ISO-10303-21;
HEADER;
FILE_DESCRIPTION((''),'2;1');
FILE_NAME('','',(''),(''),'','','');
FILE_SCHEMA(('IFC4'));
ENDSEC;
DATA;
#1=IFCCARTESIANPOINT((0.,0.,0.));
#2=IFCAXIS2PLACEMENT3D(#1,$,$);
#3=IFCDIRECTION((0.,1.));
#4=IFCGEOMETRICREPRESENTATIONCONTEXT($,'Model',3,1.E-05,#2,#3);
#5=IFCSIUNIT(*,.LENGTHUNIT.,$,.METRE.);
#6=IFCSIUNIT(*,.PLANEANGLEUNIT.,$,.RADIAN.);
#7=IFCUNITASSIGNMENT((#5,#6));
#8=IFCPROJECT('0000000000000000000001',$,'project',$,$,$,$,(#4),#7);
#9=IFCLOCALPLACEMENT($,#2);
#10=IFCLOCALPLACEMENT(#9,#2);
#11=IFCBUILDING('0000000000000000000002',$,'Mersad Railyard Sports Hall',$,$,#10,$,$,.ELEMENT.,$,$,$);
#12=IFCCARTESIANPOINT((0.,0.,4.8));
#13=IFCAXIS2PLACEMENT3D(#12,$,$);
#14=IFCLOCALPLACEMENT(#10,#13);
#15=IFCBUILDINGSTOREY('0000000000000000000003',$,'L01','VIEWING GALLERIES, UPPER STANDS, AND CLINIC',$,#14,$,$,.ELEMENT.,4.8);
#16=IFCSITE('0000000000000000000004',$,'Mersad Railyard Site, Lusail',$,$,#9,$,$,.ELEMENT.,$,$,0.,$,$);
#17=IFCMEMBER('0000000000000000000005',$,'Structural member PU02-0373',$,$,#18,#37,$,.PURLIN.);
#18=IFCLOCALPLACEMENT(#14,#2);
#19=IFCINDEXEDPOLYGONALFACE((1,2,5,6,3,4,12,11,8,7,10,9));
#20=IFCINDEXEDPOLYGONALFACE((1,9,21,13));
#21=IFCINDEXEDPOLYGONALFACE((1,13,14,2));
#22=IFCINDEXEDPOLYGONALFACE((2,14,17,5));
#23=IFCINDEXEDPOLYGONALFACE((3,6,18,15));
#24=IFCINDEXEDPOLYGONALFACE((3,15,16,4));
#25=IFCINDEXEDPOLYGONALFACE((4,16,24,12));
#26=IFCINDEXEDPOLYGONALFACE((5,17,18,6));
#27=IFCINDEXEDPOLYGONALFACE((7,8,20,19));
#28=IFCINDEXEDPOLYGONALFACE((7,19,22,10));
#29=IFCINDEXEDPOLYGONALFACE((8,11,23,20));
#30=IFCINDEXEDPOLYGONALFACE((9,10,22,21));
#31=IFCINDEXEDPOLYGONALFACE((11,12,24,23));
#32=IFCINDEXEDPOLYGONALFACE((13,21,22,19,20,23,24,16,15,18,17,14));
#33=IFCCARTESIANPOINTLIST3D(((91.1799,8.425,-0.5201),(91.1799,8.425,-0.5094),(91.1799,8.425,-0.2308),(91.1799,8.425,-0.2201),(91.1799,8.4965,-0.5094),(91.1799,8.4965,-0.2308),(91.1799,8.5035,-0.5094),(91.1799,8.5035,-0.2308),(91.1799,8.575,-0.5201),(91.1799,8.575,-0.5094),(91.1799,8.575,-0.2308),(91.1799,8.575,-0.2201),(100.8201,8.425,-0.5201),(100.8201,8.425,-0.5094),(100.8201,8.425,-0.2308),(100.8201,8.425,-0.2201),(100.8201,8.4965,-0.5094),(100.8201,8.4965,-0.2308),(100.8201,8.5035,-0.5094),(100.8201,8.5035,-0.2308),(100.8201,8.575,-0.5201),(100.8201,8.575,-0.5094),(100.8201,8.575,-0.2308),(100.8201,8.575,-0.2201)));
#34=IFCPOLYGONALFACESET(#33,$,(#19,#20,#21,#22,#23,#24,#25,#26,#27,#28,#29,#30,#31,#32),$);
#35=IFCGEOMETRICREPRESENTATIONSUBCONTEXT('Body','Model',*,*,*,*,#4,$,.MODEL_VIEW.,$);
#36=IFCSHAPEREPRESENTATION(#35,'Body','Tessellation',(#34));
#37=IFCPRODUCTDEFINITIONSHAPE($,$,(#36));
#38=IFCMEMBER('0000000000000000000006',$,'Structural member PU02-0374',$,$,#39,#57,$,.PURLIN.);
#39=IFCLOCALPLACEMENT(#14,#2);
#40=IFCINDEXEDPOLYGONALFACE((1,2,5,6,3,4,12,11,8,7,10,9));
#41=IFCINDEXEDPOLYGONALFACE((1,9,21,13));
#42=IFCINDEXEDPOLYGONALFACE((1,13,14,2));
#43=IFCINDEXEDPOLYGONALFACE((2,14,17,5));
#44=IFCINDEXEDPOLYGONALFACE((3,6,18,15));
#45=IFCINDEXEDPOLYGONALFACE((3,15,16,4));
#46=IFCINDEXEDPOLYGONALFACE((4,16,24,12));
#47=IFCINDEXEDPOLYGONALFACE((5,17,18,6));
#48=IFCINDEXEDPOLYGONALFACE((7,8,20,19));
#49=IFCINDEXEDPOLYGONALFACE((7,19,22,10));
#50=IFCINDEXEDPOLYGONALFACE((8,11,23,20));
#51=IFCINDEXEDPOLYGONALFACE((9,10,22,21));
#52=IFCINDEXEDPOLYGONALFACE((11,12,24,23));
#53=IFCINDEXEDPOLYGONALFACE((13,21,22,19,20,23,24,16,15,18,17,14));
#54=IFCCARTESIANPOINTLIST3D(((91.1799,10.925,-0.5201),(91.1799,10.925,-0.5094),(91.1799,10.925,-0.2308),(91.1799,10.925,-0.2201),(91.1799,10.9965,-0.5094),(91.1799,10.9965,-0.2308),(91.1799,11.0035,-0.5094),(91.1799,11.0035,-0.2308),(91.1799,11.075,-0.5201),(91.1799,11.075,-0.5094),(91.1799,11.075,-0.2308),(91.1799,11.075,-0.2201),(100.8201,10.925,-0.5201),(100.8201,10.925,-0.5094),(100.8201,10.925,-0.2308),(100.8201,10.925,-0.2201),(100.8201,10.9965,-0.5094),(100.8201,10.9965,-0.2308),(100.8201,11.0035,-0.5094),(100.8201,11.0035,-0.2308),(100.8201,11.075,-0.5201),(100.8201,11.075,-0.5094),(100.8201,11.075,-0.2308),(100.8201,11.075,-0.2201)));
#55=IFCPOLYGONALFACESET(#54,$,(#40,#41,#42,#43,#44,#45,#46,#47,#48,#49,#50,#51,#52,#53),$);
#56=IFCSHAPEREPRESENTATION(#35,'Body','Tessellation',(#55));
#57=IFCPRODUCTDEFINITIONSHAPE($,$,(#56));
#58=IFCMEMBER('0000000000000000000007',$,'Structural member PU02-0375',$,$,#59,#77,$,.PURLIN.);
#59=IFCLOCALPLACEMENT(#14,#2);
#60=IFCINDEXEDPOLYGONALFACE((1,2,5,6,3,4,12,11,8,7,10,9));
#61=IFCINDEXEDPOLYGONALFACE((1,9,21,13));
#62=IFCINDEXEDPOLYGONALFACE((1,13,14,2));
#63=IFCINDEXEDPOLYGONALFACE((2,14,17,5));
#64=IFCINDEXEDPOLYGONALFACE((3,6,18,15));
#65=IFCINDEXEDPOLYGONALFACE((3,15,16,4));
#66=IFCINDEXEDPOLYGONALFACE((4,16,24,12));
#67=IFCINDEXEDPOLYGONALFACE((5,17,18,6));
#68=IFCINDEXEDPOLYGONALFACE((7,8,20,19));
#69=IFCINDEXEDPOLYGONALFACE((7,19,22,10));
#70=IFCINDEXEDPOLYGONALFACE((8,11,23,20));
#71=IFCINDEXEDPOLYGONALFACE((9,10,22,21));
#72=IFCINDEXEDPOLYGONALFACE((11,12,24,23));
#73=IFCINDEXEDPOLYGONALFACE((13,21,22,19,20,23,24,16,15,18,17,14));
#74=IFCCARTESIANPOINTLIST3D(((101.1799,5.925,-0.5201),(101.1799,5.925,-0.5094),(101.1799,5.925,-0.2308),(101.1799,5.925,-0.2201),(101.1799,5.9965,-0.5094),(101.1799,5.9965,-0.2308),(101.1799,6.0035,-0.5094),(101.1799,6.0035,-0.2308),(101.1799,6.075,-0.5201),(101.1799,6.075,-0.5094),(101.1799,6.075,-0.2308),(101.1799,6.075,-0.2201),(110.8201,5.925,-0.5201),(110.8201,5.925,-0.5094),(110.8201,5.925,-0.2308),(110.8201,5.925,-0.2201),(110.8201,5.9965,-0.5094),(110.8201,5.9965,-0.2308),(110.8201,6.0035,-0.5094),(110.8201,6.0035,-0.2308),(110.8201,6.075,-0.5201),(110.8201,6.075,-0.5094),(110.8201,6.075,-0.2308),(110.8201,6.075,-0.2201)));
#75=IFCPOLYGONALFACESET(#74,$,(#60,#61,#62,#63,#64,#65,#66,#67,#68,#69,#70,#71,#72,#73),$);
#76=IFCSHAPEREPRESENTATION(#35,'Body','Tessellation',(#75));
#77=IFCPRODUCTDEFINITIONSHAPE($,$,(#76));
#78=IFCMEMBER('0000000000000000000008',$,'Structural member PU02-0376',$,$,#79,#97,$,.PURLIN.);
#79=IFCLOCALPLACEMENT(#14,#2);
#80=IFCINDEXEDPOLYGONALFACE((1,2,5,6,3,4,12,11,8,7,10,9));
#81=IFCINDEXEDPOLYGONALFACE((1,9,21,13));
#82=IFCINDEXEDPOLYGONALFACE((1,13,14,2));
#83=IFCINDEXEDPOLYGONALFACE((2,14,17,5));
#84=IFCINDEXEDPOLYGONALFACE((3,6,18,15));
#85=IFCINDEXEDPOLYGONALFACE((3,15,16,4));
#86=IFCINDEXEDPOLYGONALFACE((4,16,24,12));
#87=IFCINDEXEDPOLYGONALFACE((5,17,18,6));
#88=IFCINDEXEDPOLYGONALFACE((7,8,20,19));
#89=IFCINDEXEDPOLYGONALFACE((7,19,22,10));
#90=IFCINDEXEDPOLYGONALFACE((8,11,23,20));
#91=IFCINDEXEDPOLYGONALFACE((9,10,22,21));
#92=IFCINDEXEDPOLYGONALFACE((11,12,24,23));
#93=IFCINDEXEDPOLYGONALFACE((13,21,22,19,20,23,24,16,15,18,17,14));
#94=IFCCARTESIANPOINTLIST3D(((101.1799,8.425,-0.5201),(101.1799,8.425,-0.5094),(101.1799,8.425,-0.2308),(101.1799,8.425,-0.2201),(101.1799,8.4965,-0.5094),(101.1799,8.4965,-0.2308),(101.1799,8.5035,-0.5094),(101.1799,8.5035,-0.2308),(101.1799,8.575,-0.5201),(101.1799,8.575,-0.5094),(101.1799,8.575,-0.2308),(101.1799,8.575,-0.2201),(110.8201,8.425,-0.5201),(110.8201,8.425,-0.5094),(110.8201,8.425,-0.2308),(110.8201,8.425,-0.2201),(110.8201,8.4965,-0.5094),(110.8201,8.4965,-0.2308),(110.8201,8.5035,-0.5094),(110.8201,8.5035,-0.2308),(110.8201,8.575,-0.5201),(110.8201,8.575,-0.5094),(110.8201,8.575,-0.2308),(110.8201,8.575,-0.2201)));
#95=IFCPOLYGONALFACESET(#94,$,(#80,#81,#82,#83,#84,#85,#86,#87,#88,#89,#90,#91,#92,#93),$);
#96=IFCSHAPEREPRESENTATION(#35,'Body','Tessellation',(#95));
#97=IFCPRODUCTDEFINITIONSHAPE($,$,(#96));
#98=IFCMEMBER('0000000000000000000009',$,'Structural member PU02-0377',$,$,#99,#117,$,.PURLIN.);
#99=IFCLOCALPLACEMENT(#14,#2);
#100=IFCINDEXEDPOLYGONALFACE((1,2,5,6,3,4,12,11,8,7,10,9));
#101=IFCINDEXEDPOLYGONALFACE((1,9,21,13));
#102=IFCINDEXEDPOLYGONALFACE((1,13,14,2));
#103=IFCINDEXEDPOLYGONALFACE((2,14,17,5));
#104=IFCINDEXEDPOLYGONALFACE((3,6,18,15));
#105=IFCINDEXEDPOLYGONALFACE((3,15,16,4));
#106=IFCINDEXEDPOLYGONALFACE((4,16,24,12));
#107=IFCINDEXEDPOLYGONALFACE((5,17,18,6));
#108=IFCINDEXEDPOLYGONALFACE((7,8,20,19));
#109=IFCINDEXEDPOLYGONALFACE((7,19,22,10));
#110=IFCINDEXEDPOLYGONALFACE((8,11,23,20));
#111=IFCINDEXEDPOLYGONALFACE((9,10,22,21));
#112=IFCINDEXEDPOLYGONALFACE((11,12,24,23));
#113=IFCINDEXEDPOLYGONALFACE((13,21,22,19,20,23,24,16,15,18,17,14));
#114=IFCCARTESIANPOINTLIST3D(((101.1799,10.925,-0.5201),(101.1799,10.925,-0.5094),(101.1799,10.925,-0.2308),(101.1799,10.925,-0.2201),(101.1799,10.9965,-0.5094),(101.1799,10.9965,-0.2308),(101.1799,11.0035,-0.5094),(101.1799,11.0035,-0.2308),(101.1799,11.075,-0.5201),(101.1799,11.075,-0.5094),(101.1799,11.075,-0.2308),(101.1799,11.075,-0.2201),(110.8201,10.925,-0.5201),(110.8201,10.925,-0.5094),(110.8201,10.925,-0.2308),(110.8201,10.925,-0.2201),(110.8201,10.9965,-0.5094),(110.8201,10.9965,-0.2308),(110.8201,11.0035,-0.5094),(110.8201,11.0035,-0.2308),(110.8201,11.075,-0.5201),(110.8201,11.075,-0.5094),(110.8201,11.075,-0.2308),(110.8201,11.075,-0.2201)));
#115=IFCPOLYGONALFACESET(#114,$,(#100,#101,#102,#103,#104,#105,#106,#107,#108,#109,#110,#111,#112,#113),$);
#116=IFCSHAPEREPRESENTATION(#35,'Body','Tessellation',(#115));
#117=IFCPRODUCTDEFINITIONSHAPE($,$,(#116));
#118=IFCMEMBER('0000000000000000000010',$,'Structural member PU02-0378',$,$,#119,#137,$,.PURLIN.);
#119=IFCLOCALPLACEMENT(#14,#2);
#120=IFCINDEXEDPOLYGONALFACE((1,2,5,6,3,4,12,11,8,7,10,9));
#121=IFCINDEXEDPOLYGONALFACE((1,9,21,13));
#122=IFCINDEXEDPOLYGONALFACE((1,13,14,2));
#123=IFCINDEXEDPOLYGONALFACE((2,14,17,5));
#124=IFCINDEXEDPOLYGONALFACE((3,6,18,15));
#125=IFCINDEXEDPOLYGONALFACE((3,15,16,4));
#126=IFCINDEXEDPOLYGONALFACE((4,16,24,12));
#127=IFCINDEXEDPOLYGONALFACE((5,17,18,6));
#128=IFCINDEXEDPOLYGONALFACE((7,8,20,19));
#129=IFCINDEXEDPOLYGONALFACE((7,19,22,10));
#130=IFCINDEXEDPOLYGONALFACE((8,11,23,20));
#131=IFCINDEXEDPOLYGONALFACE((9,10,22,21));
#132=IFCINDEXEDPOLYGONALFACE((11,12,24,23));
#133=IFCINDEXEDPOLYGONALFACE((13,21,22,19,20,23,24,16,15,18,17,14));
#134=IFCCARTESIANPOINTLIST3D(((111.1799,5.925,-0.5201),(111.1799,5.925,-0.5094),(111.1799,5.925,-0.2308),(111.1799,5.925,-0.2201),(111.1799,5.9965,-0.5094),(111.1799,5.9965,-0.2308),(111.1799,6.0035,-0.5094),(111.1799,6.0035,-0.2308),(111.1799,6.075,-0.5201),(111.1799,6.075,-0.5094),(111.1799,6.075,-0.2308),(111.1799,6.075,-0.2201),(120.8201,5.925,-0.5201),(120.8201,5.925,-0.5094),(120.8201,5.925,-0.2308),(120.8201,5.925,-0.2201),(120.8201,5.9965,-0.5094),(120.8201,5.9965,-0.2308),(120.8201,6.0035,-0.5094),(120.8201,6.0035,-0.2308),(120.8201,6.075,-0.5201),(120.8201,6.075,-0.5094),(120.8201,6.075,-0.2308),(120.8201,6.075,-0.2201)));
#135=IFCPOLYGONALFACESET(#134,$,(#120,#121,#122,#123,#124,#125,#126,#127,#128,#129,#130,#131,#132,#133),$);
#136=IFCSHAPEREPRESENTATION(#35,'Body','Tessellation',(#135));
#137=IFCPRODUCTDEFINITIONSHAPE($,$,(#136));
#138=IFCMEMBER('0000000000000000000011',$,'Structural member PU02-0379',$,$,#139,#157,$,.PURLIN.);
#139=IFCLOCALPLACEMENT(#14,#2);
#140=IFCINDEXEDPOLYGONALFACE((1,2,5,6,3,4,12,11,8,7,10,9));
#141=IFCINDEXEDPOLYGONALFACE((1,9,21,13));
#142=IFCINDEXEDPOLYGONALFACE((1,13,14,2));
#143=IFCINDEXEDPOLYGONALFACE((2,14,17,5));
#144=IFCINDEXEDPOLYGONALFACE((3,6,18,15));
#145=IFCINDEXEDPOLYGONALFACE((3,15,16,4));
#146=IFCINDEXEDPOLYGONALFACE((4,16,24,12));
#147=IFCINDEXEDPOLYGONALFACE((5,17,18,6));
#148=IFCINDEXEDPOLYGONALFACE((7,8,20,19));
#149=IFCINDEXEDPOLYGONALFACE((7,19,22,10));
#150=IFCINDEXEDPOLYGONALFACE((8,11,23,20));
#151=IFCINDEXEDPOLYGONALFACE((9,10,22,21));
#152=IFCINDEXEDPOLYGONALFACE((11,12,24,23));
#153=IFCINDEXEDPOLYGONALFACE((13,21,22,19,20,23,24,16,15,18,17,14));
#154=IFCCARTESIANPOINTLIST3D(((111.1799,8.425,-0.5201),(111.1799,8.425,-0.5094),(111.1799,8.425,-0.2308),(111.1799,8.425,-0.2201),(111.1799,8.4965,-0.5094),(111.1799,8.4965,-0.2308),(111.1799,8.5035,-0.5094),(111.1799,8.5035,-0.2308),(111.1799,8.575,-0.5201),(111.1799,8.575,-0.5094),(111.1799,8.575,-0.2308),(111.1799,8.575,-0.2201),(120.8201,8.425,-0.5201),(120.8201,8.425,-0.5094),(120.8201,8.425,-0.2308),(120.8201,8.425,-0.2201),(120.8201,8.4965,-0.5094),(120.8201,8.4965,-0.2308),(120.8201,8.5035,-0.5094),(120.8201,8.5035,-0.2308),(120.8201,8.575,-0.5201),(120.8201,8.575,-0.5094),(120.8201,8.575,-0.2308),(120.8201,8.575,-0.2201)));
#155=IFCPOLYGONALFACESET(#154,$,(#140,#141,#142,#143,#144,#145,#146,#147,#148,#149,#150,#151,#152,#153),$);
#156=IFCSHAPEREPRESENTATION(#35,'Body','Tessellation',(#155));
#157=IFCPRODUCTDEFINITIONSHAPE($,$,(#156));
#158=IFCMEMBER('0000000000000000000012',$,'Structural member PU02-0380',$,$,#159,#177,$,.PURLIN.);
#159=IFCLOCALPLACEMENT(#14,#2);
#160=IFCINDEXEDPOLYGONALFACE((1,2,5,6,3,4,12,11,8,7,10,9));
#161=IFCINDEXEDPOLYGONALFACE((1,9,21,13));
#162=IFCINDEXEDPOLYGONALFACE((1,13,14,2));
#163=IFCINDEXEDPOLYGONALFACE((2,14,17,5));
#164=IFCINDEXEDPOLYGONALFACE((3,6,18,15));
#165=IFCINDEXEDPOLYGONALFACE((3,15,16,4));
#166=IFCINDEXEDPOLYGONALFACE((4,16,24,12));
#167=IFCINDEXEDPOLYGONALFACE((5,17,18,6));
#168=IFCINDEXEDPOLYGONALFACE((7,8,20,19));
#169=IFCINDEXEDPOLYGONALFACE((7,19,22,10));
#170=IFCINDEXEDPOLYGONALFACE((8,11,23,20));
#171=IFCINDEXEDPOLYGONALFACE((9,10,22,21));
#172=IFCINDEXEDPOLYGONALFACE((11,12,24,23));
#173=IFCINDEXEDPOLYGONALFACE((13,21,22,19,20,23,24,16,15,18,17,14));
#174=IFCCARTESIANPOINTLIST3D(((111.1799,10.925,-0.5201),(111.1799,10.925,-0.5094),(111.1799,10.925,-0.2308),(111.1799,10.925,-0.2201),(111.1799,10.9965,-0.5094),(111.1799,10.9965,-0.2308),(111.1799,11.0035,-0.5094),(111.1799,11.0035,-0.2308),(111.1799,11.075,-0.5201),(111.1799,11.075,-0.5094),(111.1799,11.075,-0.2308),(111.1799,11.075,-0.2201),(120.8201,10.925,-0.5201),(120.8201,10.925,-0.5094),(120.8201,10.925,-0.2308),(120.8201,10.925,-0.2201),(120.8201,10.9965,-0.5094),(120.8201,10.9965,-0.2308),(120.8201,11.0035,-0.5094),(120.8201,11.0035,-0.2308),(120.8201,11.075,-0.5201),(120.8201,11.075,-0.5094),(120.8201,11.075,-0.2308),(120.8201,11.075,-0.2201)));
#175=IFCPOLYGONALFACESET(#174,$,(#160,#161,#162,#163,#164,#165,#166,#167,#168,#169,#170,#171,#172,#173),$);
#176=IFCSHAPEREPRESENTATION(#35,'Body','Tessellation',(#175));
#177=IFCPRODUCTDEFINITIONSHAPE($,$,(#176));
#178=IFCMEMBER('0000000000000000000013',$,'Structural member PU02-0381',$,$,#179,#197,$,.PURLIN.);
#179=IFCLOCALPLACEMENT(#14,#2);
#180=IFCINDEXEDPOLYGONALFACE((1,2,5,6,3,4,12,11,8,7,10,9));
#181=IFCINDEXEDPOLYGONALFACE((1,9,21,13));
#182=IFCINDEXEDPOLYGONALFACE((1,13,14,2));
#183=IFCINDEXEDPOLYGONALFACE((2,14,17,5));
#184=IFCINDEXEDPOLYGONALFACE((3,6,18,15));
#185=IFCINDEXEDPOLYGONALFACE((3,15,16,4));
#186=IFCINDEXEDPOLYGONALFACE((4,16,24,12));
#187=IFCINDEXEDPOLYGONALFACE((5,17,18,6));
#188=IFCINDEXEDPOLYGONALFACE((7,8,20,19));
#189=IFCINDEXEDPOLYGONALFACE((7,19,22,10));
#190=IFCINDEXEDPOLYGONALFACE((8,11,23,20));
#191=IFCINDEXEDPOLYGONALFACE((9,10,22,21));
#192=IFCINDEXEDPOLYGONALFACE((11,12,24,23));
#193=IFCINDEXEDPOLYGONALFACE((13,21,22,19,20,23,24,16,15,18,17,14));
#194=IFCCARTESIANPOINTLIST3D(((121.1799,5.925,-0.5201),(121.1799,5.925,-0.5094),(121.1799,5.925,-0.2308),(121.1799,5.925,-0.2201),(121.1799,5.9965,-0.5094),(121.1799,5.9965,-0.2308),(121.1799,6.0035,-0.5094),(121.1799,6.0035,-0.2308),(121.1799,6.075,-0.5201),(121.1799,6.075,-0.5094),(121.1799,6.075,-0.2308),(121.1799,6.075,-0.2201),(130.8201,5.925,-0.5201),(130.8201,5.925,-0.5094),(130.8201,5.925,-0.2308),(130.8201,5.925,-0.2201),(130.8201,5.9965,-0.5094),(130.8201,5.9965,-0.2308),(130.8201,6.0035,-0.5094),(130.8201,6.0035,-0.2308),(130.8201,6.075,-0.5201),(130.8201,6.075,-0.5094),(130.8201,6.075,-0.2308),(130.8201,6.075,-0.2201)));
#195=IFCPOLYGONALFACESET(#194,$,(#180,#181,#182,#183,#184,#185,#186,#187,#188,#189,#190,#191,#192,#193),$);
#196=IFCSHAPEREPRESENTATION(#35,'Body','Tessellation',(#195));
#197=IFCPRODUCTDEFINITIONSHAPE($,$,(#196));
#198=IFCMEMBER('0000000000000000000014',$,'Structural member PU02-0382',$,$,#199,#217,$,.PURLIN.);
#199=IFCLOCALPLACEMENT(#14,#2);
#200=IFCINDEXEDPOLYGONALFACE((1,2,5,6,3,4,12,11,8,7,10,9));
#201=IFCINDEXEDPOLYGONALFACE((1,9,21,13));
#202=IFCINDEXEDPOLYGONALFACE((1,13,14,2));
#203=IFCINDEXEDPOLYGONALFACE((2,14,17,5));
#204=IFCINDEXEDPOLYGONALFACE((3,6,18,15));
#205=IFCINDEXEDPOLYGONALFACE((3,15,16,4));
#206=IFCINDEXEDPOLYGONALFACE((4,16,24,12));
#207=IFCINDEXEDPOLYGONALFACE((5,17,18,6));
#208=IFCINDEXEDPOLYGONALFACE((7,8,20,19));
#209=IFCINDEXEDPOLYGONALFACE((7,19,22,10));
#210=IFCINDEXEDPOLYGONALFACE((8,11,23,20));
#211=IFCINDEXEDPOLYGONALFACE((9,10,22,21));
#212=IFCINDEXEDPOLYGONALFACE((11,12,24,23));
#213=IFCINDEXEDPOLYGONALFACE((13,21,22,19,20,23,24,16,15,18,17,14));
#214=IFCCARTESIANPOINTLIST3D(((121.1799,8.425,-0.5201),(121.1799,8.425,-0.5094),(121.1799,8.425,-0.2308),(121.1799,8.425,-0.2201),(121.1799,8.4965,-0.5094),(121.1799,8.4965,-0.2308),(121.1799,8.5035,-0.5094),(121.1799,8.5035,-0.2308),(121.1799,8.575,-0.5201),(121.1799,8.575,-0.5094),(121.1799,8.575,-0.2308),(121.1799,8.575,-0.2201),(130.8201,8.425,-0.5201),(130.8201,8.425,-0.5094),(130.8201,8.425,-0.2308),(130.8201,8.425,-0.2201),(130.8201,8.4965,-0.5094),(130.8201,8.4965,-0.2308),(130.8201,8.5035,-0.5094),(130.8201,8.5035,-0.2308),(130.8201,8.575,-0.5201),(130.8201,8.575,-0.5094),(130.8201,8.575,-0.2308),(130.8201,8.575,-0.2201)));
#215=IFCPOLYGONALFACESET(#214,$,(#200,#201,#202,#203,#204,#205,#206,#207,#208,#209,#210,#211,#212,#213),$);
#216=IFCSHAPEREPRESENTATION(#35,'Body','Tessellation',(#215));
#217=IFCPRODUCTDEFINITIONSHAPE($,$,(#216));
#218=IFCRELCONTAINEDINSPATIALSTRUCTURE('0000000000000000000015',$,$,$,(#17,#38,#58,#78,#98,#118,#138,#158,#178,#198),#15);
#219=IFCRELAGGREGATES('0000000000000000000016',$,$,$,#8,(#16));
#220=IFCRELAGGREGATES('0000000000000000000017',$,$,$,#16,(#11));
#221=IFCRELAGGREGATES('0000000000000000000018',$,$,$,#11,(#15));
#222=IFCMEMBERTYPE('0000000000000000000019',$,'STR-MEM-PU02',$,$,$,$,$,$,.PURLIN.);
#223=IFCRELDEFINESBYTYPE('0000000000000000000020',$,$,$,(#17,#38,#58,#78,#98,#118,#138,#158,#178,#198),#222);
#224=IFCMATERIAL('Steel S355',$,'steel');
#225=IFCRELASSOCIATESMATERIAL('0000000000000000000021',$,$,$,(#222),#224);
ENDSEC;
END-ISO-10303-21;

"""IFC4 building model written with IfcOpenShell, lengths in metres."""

from ifc_helpers import new_model, si_unit, direction, frame, origin, origin_2d, place, context, subcontext, project, spatial, i_section, extrude, material, material_profile, profile_set, type_object, element, save


model = new_model("IFC4")

# Units and contexts
model_context = context("Model", 3, precision=1e-05, world=origin(), true_north=direction((0.0, 1.0)))
body_context = subcontext(model_context, "Body", "Model", "MODEL_VIEW")
ifc_project = project(units=[si_unit("LENGTHUNIT", "METRE"), si_unit("PLANEANGLEUNIT", "RADIAN")], contexts=[model_context])

# Site, building, storey
site_placement = place(None, origin())
site = spatial("IfcSite", under=ifc_project, at=site_placement, Name="Mersad Railyard Site, Lusail", CompositionType="ELEMENT", RefElevation=0.0)
building_placement = place(site_placement, origin())
building = spatial("IfcBuilding", under=site, at=building_placement, Name="Mersad Railyard Sports Hall", CompositionType="ELEMENT")
storey_placement = place(building_placement, frame((0.0, 0.0, 4.8)))
storey = spatial("IfcBuildingStorey", under=building, at=storey_placement, Name="L01", Description="VIEWING GALLERIES, UPPER STANDS, AND CLINIC", CompositionType="ELEMENT", Elevation=4.8)

# Shared definitions
ifc_material_1 = material(Name="Steel S355", Category="steel")

# Members
ifc_material_profile_1 = material_profile(ifc_material_1, i_section(OverallWidth=0.1499, OverallDepth=0.3, WebThickness=0.0071, FlangeThickness=0.0107, at=origin_2d()), Name="IPE 300")
ifc_profile_set_1 = profile_set([ifc_material_profile_1], Name="Steel S355")
member_type_1 = type_object("IfcMemberType", Name="STR-MEM-PU02", PredefinedType="PURLIN", material=ifc_profile_set_1)
for number, where, z_axis, x_axis, name in (
    (1, (91.1799, 8.5, -0.3701), (1.0, 0.0, 0.0), (0.0, 1.0, 0.0), "Structural member PU02-0373"),
    (2, (91.1799, 11.0, -0.3701), (1.0, 0.0, 0.0), (0.0, 1.0, 0.0), "Structural member PU02-0374"),
    (3, (101.1799, 6.0, -0.3701), (1.0, 0.0, 0.0), (0.0, 1.0, 0.0), "Structural member PU02-0375"),
    (4, (101.1799, 8.5, -0.3701), (1.0, 0.0, 0.0), (0.0, 1.0, 0.0), "Structural member PU02-0376"),
    (5, (101.1799, 11.0, -0.3701), (1.0, 0.0, 0.0), (0.0, 1.0, 0.0), "Structural member PU02-0377"),
    (6, (111.1799, 6.0, -0.3701), (1.0, 0.0, 0.0), (0.0, 1.0, 0.0), "Structural member PU02-0378"),
    (7, (111.1799, 8.5, -0.3701), (1.0, 0.0, 0.0), (0.0, 1.0, 0.0), "Structural member PU02-0379"),
    (8, (111.1799, 11.0, -0.3701), (1.0, 0.0, 0.0), (0.0, 1.0, 0.0), "Structural member PU02-0380"),
    (9, (121.1799, 6.0, -0.3701), (1.0, 0.0, 0.0), (0.0, 1.0, 0.0), "Structural member PU02-0381"),
    (10, (121.1799, 8.5, -0.3701), (1.0, 0.0, 0.0), (0.0, 1.0, 0.0), "Structural member PU02-0382"),
):
    element("IfcMember", number, at=place(storey_placement, frame(where, z_axis=z_axis, x_axis=x_axis)), inside=storey, type_object=member_type_1, Name=name, PredefinedType="PURLIN", context=body_context, shape_type="SweptSolid", body=[
        extrude(i_section(OverallWidth=0.1499, OverallDepth=0.3, WebThickness=0.0071, FlangeThickness=0.0107, at=origin_2d()), origin(), (0.0, 0.0, 1.0), 9.6401),
    ])

save(model, "model.ifc")
